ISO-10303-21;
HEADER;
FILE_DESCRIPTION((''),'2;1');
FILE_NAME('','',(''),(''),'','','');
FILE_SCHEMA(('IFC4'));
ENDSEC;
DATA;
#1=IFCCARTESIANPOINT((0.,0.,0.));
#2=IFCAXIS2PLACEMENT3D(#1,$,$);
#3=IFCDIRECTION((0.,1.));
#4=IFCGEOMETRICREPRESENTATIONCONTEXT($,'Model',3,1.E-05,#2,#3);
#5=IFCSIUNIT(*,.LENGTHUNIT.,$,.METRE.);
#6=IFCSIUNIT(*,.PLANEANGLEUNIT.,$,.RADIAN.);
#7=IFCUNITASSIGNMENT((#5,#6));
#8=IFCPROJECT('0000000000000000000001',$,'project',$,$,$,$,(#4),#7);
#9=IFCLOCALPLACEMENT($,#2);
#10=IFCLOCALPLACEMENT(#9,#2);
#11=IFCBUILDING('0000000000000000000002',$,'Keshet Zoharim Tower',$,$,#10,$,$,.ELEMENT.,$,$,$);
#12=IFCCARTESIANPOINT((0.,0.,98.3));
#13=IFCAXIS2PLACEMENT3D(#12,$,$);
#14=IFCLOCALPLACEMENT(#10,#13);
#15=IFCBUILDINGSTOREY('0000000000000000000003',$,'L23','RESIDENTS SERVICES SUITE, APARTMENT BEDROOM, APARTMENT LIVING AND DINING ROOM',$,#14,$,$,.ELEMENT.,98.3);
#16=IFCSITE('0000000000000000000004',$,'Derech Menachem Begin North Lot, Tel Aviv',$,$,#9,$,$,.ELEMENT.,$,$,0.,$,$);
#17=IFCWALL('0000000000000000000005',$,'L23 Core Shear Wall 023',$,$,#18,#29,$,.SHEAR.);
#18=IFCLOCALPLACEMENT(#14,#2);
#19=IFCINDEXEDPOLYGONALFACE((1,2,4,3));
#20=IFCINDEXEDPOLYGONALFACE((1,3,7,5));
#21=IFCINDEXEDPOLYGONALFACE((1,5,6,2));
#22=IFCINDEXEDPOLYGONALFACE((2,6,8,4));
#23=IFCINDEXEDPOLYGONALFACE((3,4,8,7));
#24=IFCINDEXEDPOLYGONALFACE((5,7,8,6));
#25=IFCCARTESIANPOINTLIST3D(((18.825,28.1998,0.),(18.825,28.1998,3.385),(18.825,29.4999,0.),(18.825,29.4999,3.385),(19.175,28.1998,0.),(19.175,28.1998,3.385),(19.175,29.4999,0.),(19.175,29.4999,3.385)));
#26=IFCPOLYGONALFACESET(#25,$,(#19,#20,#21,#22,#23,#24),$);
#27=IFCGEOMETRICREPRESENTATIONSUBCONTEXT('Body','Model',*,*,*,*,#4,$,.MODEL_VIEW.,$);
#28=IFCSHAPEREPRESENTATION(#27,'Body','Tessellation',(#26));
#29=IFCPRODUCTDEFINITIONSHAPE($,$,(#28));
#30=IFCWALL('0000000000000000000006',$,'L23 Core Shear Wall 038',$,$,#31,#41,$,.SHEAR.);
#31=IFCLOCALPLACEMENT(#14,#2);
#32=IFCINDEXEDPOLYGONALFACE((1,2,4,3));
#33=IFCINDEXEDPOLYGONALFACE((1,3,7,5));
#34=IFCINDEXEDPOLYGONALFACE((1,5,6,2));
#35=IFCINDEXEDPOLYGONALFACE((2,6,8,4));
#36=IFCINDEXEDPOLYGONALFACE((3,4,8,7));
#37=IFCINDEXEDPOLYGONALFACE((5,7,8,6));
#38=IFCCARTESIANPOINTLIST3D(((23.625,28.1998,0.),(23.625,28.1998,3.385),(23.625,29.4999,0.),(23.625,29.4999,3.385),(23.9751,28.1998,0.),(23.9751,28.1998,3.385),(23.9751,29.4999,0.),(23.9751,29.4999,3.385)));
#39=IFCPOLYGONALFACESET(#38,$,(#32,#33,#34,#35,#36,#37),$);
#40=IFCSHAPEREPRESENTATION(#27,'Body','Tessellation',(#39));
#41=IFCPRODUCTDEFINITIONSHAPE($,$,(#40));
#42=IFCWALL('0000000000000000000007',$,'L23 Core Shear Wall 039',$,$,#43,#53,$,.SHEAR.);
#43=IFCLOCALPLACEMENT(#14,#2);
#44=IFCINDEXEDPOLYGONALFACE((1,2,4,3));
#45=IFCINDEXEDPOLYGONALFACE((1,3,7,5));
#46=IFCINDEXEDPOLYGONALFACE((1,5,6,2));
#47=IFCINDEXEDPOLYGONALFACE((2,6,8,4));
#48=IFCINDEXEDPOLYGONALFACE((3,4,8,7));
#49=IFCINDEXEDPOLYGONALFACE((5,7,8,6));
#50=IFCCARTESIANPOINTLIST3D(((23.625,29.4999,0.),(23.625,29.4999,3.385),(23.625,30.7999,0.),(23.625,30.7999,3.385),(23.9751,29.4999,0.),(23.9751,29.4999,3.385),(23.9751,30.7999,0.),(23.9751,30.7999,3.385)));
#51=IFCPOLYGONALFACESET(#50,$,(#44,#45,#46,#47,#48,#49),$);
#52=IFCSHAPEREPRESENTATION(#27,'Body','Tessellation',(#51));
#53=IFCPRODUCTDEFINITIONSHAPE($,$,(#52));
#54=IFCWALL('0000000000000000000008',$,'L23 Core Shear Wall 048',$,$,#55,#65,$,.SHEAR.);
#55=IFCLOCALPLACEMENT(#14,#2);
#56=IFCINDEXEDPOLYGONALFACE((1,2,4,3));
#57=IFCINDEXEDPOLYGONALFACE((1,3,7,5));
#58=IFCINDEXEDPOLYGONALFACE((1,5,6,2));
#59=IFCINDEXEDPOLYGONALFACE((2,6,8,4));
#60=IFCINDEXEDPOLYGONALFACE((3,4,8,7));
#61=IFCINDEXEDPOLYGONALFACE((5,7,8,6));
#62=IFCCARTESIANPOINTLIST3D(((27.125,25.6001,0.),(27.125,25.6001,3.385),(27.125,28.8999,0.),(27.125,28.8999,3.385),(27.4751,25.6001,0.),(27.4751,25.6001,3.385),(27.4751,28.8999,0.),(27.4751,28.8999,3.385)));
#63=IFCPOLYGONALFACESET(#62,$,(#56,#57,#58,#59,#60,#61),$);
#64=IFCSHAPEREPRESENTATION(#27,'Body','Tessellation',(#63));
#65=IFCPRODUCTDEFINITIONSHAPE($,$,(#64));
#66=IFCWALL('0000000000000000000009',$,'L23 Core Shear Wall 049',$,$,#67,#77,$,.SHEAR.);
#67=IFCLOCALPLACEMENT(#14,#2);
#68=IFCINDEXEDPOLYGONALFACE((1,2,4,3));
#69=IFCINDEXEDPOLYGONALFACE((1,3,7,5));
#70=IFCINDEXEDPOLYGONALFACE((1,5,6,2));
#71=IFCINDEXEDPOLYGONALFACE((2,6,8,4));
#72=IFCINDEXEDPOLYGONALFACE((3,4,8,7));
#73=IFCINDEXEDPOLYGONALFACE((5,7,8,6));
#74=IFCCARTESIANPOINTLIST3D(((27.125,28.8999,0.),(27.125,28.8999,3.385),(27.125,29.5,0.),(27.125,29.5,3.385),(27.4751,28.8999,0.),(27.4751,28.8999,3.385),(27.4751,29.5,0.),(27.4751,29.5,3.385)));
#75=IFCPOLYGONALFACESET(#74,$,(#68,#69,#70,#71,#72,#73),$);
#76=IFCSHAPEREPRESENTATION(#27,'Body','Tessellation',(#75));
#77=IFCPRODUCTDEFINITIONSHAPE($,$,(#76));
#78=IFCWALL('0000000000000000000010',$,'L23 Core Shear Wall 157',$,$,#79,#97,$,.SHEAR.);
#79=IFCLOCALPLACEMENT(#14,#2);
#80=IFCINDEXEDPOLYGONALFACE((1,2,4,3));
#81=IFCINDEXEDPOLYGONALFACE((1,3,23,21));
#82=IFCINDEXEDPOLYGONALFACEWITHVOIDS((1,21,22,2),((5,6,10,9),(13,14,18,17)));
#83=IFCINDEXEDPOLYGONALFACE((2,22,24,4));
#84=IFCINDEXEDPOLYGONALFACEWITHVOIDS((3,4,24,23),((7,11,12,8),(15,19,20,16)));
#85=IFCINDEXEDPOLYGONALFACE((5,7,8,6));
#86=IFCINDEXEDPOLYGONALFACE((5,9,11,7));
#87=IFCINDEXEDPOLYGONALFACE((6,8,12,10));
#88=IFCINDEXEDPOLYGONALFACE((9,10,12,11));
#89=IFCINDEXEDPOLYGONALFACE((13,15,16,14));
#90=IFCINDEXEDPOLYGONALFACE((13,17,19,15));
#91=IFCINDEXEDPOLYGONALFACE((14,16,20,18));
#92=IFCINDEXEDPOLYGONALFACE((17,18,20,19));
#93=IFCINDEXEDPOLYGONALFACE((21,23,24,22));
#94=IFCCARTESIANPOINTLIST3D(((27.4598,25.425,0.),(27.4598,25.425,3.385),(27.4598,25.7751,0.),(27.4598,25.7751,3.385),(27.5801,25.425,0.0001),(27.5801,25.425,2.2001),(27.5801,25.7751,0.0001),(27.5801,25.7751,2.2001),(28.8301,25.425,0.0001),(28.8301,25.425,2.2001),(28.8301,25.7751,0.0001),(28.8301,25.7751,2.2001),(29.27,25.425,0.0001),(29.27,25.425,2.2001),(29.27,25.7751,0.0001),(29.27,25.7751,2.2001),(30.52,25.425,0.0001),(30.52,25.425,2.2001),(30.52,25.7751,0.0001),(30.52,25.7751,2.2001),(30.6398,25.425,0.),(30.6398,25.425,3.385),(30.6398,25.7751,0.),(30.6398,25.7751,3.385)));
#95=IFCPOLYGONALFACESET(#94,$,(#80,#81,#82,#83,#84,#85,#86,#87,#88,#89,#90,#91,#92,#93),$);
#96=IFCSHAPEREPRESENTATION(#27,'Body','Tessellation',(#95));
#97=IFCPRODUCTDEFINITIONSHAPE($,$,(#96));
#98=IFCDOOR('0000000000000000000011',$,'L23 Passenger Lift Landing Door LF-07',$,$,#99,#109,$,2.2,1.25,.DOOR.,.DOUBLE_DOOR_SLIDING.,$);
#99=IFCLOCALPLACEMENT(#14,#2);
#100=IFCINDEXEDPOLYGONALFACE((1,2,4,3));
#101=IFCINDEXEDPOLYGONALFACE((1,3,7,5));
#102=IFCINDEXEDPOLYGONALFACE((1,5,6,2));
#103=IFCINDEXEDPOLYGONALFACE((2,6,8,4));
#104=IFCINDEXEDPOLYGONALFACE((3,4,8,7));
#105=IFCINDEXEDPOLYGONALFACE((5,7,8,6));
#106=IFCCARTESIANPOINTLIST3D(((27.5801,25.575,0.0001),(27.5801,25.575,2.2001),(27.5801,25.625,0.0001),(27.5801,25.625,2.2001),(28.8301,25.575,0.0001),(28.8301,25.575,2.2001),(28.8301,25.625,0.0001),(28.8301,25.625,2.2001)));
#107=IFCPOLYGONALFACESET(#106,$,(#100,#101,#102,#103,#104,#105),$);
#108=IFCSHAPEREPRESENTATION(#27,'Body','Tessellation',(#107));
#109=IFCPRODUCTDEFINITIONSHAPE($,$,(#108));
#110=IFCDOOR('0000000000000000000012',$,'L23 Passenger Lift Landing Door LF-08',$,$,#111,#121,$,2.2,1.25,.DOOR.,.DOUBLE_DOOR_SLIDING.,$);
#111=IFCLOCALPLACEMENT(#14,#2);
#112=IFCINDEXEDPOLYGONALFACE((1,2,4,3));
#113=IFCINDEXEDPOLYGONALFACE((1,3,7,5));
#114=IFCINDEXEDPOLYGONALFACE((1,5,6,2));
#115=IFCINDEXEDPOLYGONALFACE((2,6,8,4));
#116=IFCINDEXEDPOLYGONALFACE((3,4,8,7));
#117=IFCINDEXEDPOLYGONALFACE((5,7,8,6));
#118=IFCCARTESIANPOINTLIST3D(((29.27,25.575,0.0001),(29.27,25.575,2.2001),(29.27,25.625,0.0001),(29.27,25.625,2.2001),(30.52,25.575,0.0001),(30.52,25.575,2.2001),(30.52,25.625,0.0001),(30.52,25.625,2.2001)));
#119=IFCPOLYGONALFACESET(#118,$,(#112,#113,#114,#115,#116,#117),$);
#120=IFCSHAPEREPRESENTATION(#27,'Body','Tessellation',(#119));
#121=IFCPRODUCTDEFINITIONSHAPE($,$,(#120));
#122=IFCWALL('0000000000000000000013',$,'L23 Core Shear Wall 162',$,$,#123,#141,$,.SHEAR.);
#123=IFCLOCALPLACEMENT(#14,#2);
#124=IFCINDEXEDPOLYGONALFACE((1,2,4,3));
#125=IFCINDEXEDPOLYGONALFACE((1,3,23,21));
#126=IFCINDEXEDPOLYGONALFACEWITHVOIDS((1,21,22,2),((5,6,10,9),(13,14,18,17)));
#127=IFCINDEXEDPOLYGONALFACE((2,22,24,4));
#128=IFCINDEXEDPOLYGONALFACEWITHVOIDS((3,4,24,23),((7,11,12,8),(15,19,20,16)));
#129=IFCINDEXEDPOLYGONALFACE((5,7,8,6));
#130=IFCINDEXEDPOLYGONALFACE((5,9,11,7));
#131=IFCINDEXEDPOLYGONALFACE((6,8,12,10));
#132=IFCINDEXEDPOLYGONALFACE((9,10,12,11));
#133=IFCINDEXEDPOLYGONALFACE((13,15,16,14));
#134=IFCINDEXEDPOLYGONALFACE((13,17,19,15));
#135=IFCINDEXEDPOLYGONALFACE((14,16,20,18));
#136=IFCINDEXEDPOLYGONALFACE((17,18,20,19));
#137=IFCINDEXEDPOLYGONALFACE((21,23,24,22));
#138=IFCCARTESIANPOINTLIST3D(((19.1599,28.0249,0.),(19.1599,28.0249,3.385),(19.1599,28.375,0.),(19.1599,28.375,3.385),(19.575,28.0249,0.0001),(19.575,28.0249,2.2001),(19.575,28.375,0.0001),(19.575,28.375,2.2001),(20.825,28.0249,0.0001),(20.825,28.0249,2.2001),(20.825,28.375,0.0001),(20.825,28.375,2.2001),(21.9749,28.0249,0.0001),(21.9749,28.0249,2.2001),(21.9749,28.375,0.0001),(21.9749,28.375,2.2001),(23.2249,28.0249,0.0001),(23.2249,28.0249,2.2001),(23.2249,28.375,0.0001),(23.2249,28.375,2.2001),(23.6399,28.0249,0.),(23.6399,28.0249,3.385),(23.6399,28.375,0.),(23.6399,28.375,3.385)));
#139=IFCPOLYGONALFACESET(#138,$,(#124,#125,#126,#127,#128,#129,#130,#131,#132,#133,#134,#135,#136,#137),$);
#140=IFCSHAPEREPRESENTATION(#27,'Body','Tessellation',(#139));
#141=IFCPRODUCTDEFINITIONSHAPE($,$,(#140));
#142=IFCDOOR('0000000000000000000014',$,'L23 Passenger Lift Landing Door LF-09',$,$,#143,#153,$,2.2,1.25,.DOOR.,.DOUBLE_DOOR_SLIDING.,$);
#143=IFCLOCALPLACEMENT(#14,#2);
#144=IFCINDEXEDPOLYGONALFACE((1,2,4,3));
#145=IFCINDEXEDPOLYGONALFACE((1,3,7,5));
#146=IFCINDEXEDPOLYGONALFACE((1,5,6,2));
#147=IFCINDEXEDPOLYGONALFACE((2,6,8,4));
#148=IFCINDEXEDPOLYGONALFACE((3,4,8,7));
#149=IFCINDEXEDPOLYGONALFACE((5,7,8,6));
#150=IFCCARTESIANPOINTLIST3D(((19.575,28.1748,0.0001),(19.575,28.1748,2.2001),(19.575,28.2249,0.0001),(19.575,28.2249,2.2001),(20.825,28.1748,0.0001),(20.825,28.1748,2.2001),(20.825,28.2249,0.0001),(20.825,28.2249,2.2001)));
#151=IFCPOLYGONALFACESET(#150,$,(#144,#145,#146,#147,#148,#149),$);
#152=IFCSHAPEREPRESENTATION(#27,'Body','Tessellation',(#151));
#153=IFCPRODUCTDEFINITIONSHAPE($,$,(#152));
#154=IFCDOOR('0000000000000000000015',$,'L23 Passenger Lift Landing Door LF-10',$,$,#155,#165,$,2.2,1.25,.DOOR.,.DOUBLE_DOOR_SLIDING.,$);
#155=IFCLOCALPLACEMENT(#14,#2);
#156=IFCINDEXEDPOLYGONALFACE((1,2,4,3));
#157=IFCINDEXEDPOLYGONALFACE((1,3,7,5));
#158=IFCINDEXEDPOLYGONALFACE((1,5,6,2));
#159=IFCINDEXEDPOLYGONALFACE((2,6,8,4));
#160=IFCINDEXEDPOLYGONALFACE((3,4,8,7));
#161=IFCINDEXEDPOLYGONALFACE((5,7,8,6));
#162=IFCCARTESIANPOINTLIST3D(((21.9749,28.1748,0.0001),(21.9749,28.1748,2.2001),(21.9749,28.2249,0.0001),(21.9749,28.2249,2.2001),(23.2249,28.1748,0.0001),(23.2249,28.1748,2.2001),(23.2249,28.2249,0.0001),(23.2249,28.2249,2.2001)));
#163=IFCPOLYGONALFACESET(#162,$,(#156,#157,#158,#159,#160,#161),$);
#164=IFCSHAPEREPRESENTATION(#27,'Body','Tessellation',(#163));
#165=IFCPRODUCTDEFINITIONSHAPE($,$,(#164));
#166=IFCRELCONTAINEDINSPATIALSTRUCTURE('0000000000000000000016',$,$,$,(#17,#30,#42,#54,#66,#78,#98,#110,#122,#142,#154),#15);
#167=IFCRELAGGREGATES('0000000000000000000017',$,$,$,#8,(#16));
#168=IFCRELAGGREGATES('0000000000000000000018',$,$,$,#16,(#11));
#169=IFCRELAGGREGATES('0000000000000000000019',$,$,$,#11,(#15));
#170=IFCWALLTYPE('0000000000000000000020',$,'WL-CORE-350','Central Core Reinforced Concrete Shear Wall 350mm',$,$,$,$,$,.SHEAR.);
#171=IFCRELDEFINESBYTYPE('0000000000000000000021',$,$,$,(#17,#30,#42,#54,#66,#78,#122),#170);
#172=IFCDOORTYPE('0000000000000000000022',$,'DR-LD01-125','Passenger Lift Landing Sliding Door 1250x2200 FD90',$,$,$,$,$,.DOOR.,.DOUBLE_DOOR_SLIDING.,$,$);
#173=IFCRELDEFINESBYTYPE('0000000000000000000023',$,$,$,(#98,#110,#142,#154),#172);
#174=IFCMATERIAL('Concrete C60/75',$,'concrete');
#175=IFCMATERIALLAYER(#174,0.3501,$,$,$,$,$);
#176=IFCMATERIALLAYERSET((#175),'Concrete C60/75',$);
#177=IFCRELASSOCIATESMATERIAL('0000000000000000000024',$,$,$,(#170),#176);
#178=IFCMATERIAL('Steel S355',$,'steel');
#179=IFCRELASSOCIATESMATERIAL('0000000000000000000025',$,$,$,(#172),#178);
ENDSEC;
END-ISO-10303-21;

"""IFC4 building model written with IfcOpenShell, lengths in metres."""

from ifc_helpers import new_model, si_unit, direction, frame, frame_2d, origin, place, context, subcontext, project, spatial, rectangle, extrude, material, layer, layer_set, type_object, element, fill, save


model = new_model("IFC4")

# Units and contexts
model_context = context("Model", 3, precision=1e-05, world=origin(), true_north=direction((0.0, 1.0)))
body_context = subcontext(model_context, "Body", "Model", "MODEL_VIEW")
ifc_project = project(units=[si_unit("LENGTHUNIT", "METRE"), si_unit("PLANEANGLEUNIT", "RADIAN")], contexts=[model_context])

# Site, building, storey
site_placement = place(None, origin())
site = spatial("IfcSite", under=ifc_project, at=site_placement, Name="Derech Menachem Begin North Lot, Tel Aviv", CompositionType="ELEMENT", RefElevation=0.0)
building_placement = place(site_placement, origin())
building = spatial("IfcBuilding", under=site, at=building_placement, Name="Keshet Zoharim Tower", CompositionType="ELEMENT")
storey_placement = place(building_placement, frame((0.0, 0.0, 98.3)))
storey = spatial("IfcBuildingStorey", under=building, at=storey_placement, Name="L23", Description="RESIDENTS SERVICES SUITE, APARTMENT BEDROOM, APARTMENT LIVING AND DINING ROOM", CompositionType="ELEMENT", Elevation=98.3)

# Wall
ifc_material_1 = material(Name="Concrete C60/75", Category="concrete")
ifc_layer_1 = layer(ifc_material_1, 0.3501)
ifc_layer_set_1 = layer_set([ifc_layer_1], Name="Concrete C60/75")
wall_type_1 = type_object("IfcWallType", Name="WL-CORE-350", Description="Central Core Reinforced Concrete Shear Wall 350mm", PredefinedType="SHEAR", material=ifc_layer_set_1)
wall_1_placement = place(storey_placement, frame((19.0, 28.2, 0.0), z_axis=(0.0, 0.0, 1.0), x_axis=(0.0, 1.0, 0.0)))
element("IfcWall", 1, at=wall_1_placement, inside=storey, type_object=wall_type_1, Name="L23 Core Shear Wall 023", PredefinedType="SHEAR", context=body_context, shape_type="SweptSolid", body=[
    extrude(rectangle(XDim=1.3, YDim=0.3501, at=frame_2d((0.6499, 0.0))), origin(), (0.0, 0.0, 1.0), 3.385),
])

# Walls
for number, where, z_axis, x_axis, name in (
    (2, (23.8, 28.2, 0.0), (0.0, 0.0, 1.0), (0.0, 1.0, 0.0), "L23 Core Shear Wall 038"),
    (3, (23.8, 29.5, 0.0), (0.0, 0.0, 1.0), (0.0, 1.0, 0.0), "L23 Core Shear Wall 039"),
):
    element("IfcWall", number, at=place(storey_placement, frame(where, z_axis=z_axis, x_axis=x_axis)), inside=storey, type_object=wall_type_1, Name=name, PredefinedType="SHEAR", context=body_context, shape_type="SweptSolid", body=[
        extrude(rectangle(XDim=1.3, YDim=0.3501, at=frame_2d((0.6499, 0.0))), origin(), (0.0, 0.0, 1.0), 3.385),
    ])
wall_2_placement = place(storey_placement, frame((27.3, 25.6001, 0.0), z_axis=(0.0, 0.0, 1.0), x_axis=(0.0, 1.0, 0.0)))
element("IfcWall", 4, at=wall_2_placement, inside=storey, type_object=wall_type_1, Name="L23 Core Shear Wall 048", PredefinedType="SHEAR", context=body_context, shape_type="SweptSolid", body=[
    extrude(rectangle(XDim=3.2998, YDim=0.3501, at=frame_2d((1.6499, 0.0))), origin(), (0.0, 0.0, 1.0), 3.385),
])
wall_3_placement = place(storey_placement, frame((27.3, 28.8999, 0.0), z_axis=(0.0, 0.0, 1.0), x_axis=(0.0, 1.0, 0.0)))
element("IfcWall", 5, at=wall_3_placement, inside=storey, type_object=wall_type_1, Name="L23 Core Shear Wall 049", PredefinedType="SHEAR", context=body_context, shape_type="SweptSolid", body=[
    extrude(rectangle(XDim=0.6001, YDim=0.3501, at=frame_2d((0.3, 0.0))), origin(), (0.0, 0.0, 1.0), 3.385),
])

# Walls, openings, doors
wall_4_placement = place(storey_placement, frame((27.46, 25.6001, 0.0), z_axis=(0.0, 0.0, 1.0), x_axis=(1.0, 0.0, 0.0)))
wall_4 = element("IfcWall", 6, at=wall_4_placement, inside=storey, type_object=wall_type_1, Name="L23 Core Shear Wall 157", PredefinedType="SHEAR", context=body_context, shape_type="SweptSolid", body=[
    extrude(rectangle(XDim=3.1799, YDim=0.3501, at=frame_2d((1.5898, 0.0))), origin(), (0.0, 0.0, 1.0), 3.385),
])
opening_1_placement = place(wall_4_placement, frame((0.1201, 0.0, 0.0)))
opening_1 = element("IfcOpeningElement", 7, at=opening_1_placement, cuts=wall_4, PredefinedType="OPENING", context=body_context, shape_type="SweptSolid", body=[
    extrude(rectangle(XDim=1.25, YDim=2.2, at=frame_2d((0.625, 1.1001))), frame((0.0, 0.1851, 0.0), z_axis=(0.0, -1.0, 0.0), x_axis=(1.0, 0.0, 0.0)), (0.0, 0.0, 1.0), 0.3701),
])
opening_2_placement = place(wall_4_placement, frame((1.8101, 0.0, 0.0)))
opening_2 = element("IfcOpeningElement", 8, at=opening_2_placement, cuts=wall_4, PredefinedType="OPENING", context=body_context, shape_type="SweptSolid", body=[
    extrude(rectangle(XDim=1.25, YDim=2.2, at=frame_2d((0.625, 1.1001))), frame((0.0, 0.1851, 0.0), z_axis=(0.0, -1.0, 0.0), x_axis=(1.0, 0.0, 0.0)), (0.0, 0.0, 1.0), 0.3701),
])
ifc_material_2 = material(Name="Steel S355", Category="steel")
door_type_1 = type_object("IfcDoorType", Name="DR-LD01-125", Description="Passenger Lift Landing Sliding Door 1250x2200 FD90", OperationType="DOUBLE_DOOR_SLIDING", PredefinedType="DOOR", material=ifc_material_2)
door_1_placement = place(opening_1_placement, origin())
door_1 = element("IfcDoor", 9, at=door_1_placement, inside=storey, type_object=door_type_1, Name="L23 Passenger Lift Landing Door LF-07", OperationType="DOUBLE_DOOR_SLIDING", OverallHeight=2.2, OverallWidth=1.25, PredefinedType="DOOR", context=body_context, shape_type="SweptSolid", body=[
    extrude(rectangle(XDim=1.25, YDim=2.2, at=frame_2d((0.625, 1.1001))), frame((0.0, 0.0249, 0.0), z_axis=(0.0, -1.0, 0.0), x_axis=(1.0, 0.0, 0.0)), (0.0, 0.0, 1.0), 0.05),
])
fill(opening_1, door_1)
door_2_placement = place(opening_2_placement, origin())
door_2 = element("IfcDoor", 10, at=door_2_placement, inside=storey, type_object=door_type_1, Name="L23 Passenger Lift Landing Door LF-08", OperationType="DOUBLE_DOOR_SLIDING", OverallHeight=2.2, OverallWidth=1.25, PredefinedType="DOOR", context=body_context, shape_type="SweptSolid", body=[
    extrude(rectangle(XDim=1.25, YDim=2.2, at=frame_2d((0.625, 1.1001))), frame((0.0, 0.0249, 0.0), z_axis=(0.0, -1.0, 0.0), x_axis=(1.0, 0.0, 0.0)), (0.0, 0.0, 1.0), 0.05),
])
fill(opening_2, door_2)
wall_5_placement = place(storey_placement, frame((19.1599, 28.2, 0.0), z_axis=(0.0, 0.0, 1.0), x_axis=(1.0, 0.0, 0.0)))
wall_5 = element("IfcWall", 11, at=wall_5_placement, inside=storey, type_object=wall_type_1, Name="L23 Core Shear Wall 162", PredefinedType="SHEAR", context=body_context, shape_type="SweptSolid", body=[
    extrude(rectangle(XDim=4.48, YDim=0.3501, at=frame_2d((2.24, 0.0))), origin(), (0.0, 0.0, 1.0), 3.385),
])
opening_3_placement = place(wall_5_placement, frame((0.415, 0.0, 0.0)))
opening_3 = element("IfcOpeningElement", 12, at=opening_3_placement, cuts=wall_5, PredefinedType="OPENING", context=body_context, shape_type="SweptSolid", body=[
    extrude(rectangle(XDim=1.25, YDim=2.2, at=frame_2d((0.625, 1.1001))), frame((0.0, 0.1851, 0.0), z_axis=(0.0, -1.0, 0.0), x_axis=(1.0, 0.0, 0.0)), (0.0, 0.0, 1.0), 0.3701),
])
opening_4_placement = place(wall_5_placement, frame((2.8149, 0.0, 0.0)))
opening_4 = element("IfcOpeningElement", 13, at=opening_4_placement, cuts=wall_5, PredefinedType="OPENING", context=body_context, shape_type="SweptSolid", body=[
    extrude(rectangle(XDim=1.25, YDim=2.2, at=frame_2d((0.625, 1.1001))), frame((0.0, 0.1851, 0.0), z_axis=(0.0, -1.0, 0.0), x_axis=(1.0, 0.0, 0.0)), (0.0, 0.0, 1.0), 0.3701),
])
door_3_placement = place(opening_3_placement, origin())
door_3 = element("IfcDoor", 14, at=door_3_placement, inside=storey, type_object=door_type_1, Name="L23 Passenger Lift Landing Door LF-09", OperationType="DOUBLE_DOOR_SLIDING", OverallHeight=2.2, OverallWidth=1.25, PredefinedType="DOOR", context=body_context, shape_type="SweptSolid", body=[
    extrude(rectangle(XDim=1.25, YDim=2.2, at=frame_2d((0.625, 1.1001))), frame((0.0, 0.0249, 0.0), z_axis=(0.0, -1.0, 0.0), x_axis=(1.0, 0.0, 0.0)), (0.0, 0.0, 1.0), 0.05),
])
fill(opening_3, door_3)
door_4_placement = place(opening_4_placement, origin())
door_4 = element("IfcDoor", 15, at=door_4_placement, inside=storey, type_object=door_type_1, Name="L23 Passenger Lift Landing Door LF-10", OperationType="DOUBLE_DOOR_SLIDING", OverallHeight=2.2, OverallWidth=1.25, PredefinedType="DOOR", context=body_context, shape_type="SweptSolid", body=[
    extrude(rectangle(XDim=1.25, YDim=2.2, at=frame_2d((0.625, 1.1001))), frame((0.0, 0.0249, 0.0), z_axis=(0.0, -1.0, 0.0), x_axis=(1.0, 0.0, 0.0)), (0.0, 0.0, 1.0), 0.05),
])
fill(opening_4, door_4)

save(model, "model.ifc")
